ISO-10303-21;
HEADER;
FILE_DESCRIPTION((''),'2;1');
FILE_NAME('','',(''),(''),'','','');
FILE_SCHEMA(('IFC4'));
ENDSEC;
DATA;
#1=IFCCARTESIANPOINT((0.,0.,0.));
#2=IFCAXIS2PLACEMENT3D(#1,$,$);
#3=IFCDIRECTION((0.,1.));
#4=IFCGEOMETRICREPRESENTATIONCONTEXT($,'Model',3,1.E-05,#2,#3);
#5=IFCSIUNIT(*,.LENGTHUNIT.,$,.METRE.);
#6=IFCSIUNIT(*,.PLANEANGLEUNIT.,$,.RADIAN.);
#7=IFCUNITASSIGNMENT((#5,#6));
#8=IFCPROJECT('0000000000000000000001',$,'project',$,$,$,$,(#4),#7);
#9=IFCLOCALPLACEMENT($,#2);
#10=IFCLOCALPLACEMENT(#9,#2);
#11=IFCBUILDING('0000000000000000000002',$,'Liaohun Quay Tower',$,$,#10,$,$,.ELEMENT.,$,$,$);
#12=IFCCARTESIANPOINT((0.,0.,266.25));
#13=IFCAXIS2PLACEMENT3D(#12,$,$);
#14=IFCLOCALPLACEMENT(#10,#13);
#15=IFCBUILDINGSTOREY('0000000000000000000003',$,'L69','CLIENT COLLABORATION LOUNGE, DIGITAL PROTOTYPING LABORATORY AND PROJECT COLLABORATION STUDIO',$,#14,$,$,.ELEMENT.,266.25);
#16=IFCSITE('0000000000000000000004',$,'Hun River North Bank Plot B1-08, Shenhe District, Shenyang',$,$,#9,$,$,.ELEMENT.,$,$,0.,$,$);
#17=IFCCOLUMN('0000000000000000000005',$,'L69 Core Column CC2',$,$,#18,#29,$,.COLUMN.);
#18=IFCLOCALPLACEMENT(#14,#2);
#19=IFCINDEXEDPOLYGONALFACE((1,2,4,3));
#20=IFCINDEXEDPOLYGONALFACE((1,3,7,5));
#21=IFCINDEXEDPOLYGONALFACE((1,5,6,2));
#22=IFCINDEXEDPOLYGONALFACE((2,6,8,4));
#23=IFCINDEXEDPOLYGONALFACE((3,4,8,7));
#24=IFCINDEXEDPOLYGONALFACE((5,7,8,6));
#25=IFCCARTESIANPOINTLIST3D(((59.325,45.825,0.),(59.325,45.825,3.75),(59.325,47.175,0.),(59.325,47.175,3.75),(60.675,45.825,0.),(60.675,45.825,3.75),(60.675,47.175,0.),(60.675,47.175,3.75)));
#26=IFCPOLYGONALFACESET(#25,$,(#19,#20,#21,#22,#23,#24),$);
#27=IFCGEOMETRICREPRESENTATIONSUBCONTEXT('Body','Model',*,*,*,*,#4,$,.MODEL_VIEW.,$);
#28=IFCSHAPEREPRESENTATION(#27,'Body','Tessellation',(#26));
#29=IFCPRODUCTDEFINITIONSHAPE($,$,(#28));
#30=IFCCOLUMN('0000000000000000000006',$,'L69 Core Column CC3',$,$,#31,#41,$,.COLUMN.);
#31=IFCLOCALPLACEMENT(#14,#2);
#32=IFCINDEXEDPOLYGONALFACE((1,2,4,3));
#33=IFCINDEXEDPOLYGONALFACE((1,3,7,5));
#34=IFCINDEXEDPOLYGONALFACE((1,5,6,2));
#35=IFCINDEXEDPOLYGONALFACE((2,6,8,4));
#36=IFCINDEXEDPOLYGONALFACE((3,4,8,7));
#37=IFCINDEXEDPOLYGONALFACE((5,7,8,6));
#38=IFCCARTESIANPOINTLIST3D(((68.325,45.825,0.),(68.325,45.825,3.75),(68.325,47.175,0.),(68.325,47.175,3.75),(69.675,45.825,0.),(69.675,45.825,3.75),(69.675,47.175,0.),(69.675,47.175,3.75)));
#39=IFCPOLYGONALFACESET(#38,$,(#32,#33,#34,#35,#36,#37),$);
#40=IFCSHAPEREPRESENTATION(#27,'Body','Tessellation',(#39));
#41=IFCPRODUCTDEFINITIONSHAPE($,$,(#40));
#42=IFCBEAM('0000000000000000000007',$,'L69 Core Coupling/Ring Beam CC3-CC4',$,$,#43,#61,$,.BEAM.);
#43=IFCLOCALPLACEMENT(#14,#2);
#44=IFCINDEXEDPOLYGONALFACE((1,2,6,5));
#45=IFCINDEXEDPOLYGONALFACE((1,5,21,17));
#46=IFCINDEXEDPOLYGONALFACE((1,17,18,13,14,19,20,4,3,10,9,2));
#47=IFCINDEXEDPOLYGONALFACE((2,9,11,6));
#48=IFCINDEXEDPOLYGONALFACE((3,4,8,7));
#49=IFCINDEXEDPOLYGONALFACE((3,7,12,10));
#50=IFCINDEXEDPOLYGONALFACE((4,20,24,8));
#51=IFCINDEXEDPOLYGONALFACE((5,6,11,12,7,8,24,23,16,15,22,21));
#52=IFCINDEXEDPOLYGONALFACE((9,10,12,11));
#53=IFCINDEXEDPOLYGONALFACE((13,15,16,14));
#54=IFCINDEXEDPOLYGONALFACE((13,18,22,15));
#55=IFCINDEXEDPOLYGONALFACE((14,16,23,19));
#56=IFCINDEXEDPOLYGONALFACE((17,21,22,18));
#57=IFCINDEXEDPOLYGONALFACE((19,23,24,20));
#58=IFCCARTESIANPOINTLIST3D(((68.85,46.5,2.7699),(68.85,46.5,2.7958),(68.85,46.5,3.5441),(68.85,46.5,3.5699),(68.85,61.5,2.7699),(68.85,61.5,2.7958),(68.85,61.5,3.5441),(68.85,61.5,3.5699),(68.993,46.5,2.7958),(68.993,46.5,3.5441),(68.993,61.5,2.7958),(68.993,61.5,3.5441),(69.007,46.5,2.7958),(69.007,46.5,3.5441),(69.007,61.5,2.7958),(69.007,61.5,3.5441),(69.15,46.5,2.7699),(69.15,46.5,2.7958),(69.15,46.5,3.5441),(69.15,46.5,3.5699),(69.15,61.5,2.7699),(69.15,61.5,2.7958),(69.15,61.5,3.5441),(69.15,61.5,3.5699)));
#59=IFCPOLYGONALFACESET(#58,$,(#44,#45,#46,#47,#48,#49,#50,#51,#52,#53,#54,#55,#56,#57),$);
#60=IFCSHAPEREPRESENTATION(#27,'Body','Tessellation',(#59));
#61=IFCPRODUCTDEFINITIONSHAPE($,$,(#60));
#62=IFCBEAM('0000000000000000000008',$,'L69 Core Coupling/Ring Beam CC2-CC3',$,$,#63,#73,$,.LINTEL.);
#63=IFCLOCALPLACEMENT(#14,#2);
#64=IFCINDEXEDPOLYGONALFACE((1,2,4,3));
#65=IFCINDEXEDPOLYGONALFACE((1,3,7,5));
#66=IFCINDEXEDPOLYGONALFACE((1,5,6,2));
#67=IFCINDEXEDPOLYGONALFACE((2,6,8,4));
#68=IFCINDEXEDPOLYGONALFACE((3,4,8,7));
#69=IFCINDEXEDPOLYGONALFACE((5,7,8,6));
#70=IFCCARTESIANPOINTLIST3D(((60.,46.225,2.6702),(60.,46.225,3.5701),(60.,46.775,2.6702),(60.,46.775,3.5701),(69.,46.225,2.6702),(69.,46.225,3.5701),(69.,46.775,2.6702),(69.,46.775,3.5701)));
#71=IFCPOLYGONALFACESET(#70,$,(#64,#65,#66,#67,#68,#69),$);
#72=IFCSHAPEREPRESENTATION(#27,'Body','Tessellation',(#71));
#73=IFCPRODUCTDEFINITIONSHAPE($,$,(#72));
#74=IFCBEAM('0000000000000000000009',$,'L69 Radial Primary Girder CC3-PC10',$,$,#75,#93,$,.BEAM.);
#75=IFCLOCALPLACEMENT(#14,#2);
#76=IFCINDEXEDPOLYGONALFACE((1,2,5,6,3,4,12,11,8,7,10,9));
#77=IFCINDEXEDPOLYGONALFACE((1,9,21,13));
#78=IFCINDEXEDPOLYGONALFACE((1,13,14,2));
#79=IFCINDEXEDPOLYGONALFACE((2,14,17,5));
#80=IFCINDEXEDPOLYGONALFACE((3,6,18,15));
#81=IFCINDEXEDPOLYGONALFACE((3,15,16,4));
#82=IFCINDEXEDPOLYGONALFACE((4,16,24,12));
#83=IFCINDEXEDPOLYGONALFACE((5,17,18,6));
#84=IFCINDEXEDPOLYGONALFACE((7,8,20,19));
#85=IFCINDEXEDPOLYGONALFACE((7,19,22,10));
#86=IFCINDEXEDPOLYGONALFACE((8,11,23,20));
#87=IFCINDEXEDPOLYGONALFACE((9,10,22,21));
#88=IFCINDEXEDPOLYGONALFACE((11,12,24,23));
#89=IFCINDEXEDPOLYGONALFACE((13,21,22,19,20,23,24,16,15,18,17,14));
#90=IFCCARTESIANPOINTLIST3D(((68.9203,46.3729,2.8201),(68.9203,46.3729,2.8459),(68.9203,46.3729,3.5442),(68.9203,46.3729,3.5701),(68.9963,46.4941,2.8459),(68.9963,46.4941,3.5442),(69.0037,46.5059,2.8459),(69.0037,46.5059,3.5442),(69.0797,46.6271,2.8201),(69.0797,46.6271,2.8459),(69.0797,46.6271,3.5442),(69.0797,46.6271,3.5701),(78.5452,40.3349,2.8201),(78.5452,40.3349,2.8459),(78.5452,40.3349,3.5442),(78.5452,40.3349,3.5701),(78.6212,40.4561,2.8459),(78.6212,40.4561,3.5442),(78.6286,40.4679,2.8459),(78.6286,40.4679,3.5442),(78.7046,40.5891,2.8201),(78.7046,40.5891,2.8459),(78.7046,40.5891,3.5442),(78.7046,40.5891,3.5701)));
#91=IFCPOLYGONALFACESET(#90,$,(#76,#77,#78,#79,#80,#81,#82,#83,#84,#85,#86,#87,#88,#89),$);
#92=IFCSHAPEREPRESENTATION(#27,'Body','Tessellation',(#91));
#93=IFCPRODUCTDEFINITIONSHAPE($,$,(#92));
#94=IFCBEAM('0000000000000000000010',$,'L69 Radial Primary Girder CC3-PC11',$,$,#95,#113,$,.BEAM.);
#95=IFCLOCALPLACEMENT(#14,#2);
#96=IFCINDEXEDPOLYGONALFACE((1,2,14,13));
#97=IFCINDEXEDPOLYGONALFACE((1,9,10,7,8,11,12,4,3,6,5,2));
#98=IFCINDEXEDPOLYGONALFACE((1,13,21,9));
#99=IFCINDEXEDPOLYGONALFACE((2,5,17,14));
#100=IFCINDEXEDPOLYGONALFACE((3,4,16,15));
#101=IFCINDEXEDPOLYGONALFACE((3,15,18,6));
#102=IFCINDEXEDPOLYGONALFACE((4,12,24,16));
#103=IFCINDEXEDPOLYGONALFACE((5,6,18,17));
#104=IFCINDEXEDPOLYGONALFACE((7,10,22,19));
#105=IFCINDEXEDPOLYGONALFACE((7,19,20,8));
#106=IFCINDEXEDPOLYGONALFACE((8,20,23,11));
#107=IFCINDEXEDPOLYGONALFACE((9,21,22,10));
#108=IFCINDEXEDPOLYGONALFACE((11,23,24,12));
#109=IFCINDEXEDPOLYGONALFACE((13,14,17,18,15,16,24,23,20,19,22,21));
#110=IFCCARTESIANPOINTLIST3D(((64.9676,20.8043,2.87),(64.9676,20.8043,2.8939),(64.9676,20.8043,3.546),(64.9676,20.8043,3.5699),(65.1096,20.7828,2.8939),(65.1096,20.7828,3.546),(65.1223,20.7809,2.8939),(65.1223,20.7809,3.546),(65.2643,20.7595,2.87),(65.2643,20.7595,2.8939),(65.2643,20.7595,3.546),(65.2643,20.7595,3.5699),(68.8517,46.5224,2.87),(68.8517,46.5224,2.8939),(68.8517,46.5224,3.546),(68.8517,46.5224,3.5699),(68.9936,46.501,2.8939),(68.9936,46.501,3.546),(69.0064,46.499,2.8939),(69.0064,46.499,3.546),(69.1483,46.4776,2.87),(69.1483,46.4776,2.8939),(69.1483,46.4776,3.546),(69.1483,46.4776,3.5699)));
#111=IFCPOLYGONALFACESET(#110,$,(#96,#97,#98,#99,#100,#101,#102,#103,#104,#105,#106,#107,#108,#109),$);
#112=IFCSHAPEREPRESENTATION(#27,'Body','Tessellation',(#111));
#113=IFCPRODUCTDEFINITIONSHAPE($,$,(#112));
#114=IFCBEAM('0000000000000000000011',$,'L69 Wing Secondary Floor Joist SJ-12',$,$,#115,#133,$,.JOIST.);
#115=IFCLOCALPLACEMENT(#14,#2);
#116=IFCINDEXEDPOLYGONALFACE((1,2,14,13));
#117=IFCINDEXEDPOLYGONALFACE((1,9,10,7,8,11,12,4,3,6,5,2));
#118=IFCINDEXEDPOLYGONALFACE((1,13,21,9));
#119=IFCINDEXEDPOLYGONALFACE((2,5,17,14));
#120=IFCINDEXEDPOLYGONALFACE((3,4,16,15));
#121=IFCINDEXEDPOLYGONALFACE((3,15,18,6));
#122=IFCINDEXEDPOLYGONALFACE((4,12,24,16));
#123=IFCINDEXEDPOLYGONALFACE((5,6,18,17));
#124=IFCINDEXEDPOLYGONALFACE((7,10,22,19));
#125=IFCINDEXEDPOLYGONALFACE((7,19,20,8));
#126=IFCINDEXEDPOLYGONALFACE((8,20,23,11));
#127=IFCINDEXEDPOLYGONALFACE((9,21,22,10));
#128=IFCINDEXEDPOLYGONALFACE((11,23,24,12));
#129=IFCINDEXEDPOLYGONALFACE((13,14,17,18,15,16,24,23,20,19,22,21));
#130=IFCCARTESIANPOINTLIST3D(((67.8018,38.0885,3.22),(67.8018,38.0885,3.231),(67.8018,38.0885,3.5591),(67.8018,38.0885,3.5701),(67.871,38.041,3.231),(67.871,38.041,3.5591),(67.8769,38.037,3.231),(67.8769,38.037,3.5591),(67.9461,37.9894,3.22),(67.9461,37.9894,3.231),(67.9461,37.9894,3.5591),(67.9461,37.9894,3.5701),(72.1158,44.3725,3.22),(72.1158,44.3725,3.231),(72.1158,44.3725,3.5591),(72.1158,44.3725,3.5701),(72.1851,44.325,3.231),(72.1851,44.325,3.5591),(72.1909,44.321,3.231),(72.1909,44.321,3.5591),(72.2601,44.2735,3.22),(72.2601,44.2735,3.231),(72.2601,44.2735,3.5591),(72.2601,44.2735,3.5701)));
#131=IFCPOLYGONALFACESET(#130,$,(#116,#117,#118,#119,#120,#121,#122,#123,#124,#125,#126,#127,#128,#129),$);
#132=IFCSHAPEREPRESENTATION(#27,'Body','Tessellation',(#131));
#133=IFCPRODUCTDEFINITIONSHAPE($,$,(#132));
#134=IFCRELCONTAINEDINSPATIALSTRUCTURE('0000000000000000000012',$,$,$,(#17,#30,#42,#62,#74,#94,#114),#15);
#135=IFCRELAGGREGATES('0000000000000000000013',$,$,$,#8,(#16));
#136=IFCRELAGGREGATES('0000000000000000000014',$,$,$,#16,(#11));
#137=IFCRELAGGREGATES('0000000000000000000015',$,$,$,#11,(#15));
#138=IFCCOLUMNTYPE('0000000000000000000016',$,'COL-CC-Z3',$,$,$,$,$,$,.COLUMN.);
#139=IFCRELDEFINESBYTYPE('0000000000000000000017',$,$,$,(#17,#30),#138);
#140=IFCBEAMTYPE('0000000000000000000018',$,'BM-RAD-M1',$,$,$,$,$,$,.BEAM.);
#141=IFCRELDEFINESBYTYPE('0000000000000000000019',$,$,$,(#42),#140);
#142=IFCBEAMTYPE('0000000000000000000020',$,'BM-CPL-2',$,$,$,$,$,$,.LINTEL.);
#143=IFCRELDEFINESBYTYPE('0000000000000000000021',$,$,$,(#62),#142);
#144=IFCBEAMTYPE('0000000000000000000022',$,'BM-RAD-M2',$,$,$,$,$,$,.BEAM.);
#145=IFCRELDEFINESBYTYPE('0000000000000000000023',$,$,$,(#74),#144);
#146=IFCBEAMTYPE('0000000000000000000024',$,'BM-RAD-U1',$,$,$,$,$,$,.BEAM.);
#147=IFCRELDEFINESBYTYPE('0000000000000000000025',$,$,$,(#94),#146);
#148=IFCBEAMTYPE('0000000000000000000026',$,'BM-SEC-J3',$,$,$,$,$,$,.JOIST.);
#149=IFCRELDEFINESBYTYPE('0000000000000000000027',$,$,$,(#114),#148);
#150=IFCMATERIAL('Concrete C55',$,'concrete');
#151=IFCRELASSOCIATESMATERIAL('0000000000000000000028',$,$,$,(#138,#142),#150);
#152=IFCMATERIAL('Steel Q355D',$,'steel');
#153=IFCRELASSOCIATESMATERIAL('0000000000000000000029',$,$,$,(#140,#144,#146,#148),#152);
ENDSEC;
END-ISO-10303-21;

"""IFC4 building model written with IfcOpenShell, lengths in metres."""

from ifc_helpers import new_model, si_unit, direction, frame, origin, origin_2d, place, context, subcontext, project, spatial, rectangle, i_section, extrude, source, transform, mapped, material, material_profile, profile_set, type_object, element, save


model = new_model("IFC4")

# Units and contexts
model_context = context("Model", 3, precision=1e-05, world=origin(), true_north=direction((0.0, 1.0)))
body_context = subcontext(model_context, "Body", "Model", "MODEL_VIEW")
ifc_project = project(units=[si_unit("LENGTHUNIT", "METRE"), si_unit("PLANEANGLEUNIT", "RADIAN")], contexts=[model_context])

# Site, building, storey
site_placement = place(None, origin())
site = spatial("IfcSite", under=ifc_project, at=site_placement, Name="Hun River North Bank Plot B1-08, Shenhe District, Shenyang", CompositionType="ELEMENT", RefElevation=0.0)
building_placement = place(site_placement, origin())
building = spatial("IfcBuilding", under=site, at=building_placement, Name="Liaohun Quay Tower", CompositionType="ELEMENT")
storey_placement = place(building_placement, frame((0.0, 0.0, 266.25)))
storey = spatial("IfcBuildingStorey", under=building, at=storey_placement, Name="L69", Description="CLIENT COLLABORATION LOUNGE, DIGITAL PROTOTYPING LABORATORY AND PROJECT COLLABORATION STUDIO", CompositionType="ELEMENT", Elevation=266.25)

# Columns
ifc_material_1 = material(Name="Concrete C55", Category="concrete")
ifc_material_profile_1 = material_profile(ifc_material_1, rectangle(XDim=1.3501, YDim=1.3501, at=origin_2d()), Name="RC1350x1350")
ifc_profile_set_1 = profile_set([ifc_material_profile_1], Name="Concrete C55")
column_type = type_object("IfcColumnType", Name="COL-CC-Z3", PredefinedType="COLUMN", material=ifc_profile_set_1)
shared_shape_1 = source(origin(), body_context, "Body", "SweptSolid", [
    extrude(rectangle(XDim=1.3501, YDim=1.3501, at=origin_2d()), origin(), (0.0, 0.0, 1.0), 3.75),
])
for number, where, z_axis, x_axis, name in (
    (1, (60.0, 46.5, 0.0), (0.0, 0.0, 1.0), (1.0, 0.0, 0.0), "L69 Core Column CC2"),
    (2, (69.0, 46.5, 0.0), (0.0, 0.0, 1.0), (1.0, 0.0, 0.0), "L69 Core Column CC3"),
):
    element("IfcColumn", number, at=place(storey_placement, frame(where, z_axis=z_axis, x_axis=x_axis)), inside=storey, type_object=column_type, Name=name, PredefinedType="COLUMN", context=body_context, shape_type="MappedRepresentation", body=[
        mapped(shared_shape_1, transform((0.0, 0.0, 0.0), x_axis=(1.0, 0.0, 0.0), y_axis=(0.0, 1.0, 0.0), z_axis=(0.0, 0.0, 1.0), scale=1.0)),
    ])

# Beams
ifc_material_2 = material(Name="Steel Q355D", Category="steel")
ifc_material_profile_2 = material_profile(ifc_material_2, i_section(OverallWidth=0.3, OverallDepth=0.8, WebThickness=0.0139, FlangeThickness=0.0259, at=origin_2d()), Name="HN800x300x14x26")
ifc_profile_set_2 = profile_set([ifc_material_profile_2], Name="Steel Q355D")
beam_type_1 = type_object("IfcBeamType", Name="BM-RAD-M1", PredefinedType="BEAM", material=ifc_profile_set_2)
shared_shape_2 = source(origin(), body_context, "Body", "SweptSolid", [
    extrude(i_section(OverallWidth=0.3, OverallDepth=0.8, WebThickness=0.0139, FlangeThickness=0.0259, at=origin_2d()), origin(), (0.0, 0.0, 1.0), 15.0),
])
beam_1_placement = place(storey_placement, frame((69.0, 46.5, 3.1699), z_axis=(0.0, 1.0, 0.0), x_axis=(-1.0, 0.0, 0.0)))
element("IfcBeam", 3, at=beam_1_placement, inside=storey, type_object=beam_type_1, Name="L69 Core Coupling/Ring Beam CC3-CC4", PredefinedType="BEAM", context=body_context, shape_type="MappedRepresentation", body=[
    mapped(shared_shape_2, transform((0.0, 0.0, 0.0), x_axis=(1.0, 0.0, 0.0), y_axis=(0.0, 1.0, 0.0), z_axis=(0.0, 0.0, 1.0), scale=1.0)),
])
ifc_material_profile_3 = material_profile(ifc_material_1, rectangle(XDim=0.55, YDim=0.8999, at=origin_2d()), Name="RC550x900")
ifc_profile_set_3 = profile_set([ifc_material_profile_3], Name="Concrete C55")
beam_type_2 = type_object("IfcBeamType", Name="BM-CPL-2", PredefinedType="LINTEL", material=ifc_profile_set_3)
shared_shape_3 = source(origin(), body_context, "Body", "SweptSolid", [
    extrude(rectangle(XDim=0.55, YDim=0.8999, at=origin_2d()), origin(), (0.0, 0.0, 1.0), 9.0),
])
beam_2_placement = place(storey_placement, frame((60.0, 46.5, 3.1201), z_axis=(1.0, 0.0, 0.0), x_axis=(0.0, 1.0, 0.0)))
element("IfcBeam", 4, at=beam_2_placement, inside=storey, type_object=beam_type_2, Name="L69 Core Coupling/Ring Beam CC2-CC3", PredefinedType="LINTEL", context=body_context, shape_type="MappedRepresentation", body=[
    mapped(shared_shape_3, transform((0.0, 0.0, 0.0), x_axis=(1.0, 0.0, 0.0), y_axis=(0.0, 1.0, 0.0), z_axis=(0.0, 0.0, 1.0), scale=1.0)),
])
ifc_material_profile_4 = material_profile(ifc_material_2, i_section(OverallWidth=0.3, OverallDepth=0.75, WebThickness=0.0139, FlangeThickness=0.0259, at=origin_2d()), Name="HN750x300x14x26")
ifc_profile_set_4 = profile_set([ifc_material_profile_4], Name="Steel Q355D")
beam_type_3 = type_object("IfcBeamType", Name="BM-RAD-M2", PredefinedType="BEAM", material=ifc_profile_set_4)
shared_shape_4 = source(origin(), body_context, "Body", "SweptSolid", [
    extrude(i_section(OverallWidth=0.3, OverallDepth=0.75, WebThickness=0.0139, FlangeThickness=0.0259, at=origin_2d()), origin(), (0.0, 0.0, 1.0), 11.3621),
])
beam_3_placement = place(storey_placement, frame((69.0, 46.5, 3.1951), z_axis=(0.847109, -0.53142, 0.0), x_axis=(0.53142, 0.847109, 0.0)))
element("IfcBeam", 5, at=beam_3_placement, inside=storey, type_object=beam_type_3, Name="L69 Radial Primary Girder CC3-PC10", PredefinedType="BEAM", context=body_context, shape_type="MappedRepresentation", body=[
    mapped(shared_shape_4, transform((0.0, 0.0, 0.0), x_axis=(1.0, 0.0, 0.0), y_axis=(0.0, 1.0, 0.0), z_axis=(0.0, 0.0, 1.0), scale=1.0)),
])
ifc_material_profile_5 = material_profile(ifc_material_2, i_section(OverallWidth=0.3, OverallDepth=0.7, WebThickness=0.0129, FlangeThickness=0.0239, at=origin_2d()), Name="HN700x300x13x24")
ifc_profile_set_5 = profile_set([ifc_material_profile_5], Name="Steel Q355D")
beam_type_4 = type_object("IfcBeamType", Name="BM-RAD-U1", PredefinedType="BEAM", material=ifc_profile_set_5)
shared_shape_5 = source(origin(), body_context, "Body", "SweptSolid", [
    extrude(i_section(OverallWidth=0.3, OverallDepth=0.7, WebThickness=0.0129, FlangeThickness=0.0239, at=origin_2d()), origin(), (0.0, 0.0, 1.0), 26.0098),
])
beam_4_placement = place(storey_placement, frame((69.0, 46.5, 3.22), z_axis=(-0.14933, -0.988787, 0.0), x_axis=(0.988787, -0.14933, 0.0)))
element("IfcBeam", 6, at=beam_4_placement, inside=storey, type_object=beam_type_4, Name="L69 Radial Primary Girder CC3-PC11", PredefinedType="BEAM", context=body_context, shape_type="MappedRepresentation", body=[
    mapped(shared_shape_5, transform((0.0, 0.0, 0.0), x_axis=(1.0, 0.0, 0.0), y_axis=(0.0, 1.0, 0.0), z_axis=(0.0, 0.0, 1.0), scale=1.0)),
])
ifc_material_profile_6 = material_profile(ifc_material_2, i_section(OverallWidth=0.175, OverallDepth=0.3501, WebThickness=0.0071, FlangeThickness=0.011, at=origin_2d()), Name="HN350x175x7x11")
ifc_profile_set_6 = profile_set([ifc_material_profile_6], Name="Steel Q355D")
beam_type_5 = type_object("IfcBeamType", Name="BM-SEC-J3", PredefinedType="JOIST", material=ifc_profile_set_6)
shared_shape_6 = source(origin(), body_context, "Body", "SweptSolid", [
    extrude(i_section(OverallWidth=0.175, OverallDepth=0.3501, WebThickness=0.0071, FlangeThickness=0.011, at=origin_2d()), origin(), (0.0, 0.0, 1.0), 7.6223),
])
beam_5_placement = place(storey_placement, frame((72.188, 44.323, 3.395), z_axis=(-0.565973, -0.824424, 0.0), x_axis=(0.824424, -0.565973, 0.0)))
element("IfcBeam", 7, at=beam_5_placement, inside=storey, type_object=beam_type_5, Name="L69 Wing Secondary Floor Joist SJ-12", PredefinedType="JOIST", context=body_context, shape_type="MappedRepresentation", body=[
    mapped(shared_shape_6, transform((0.0, 0.0, 0.0), x_axis=(1.0, 0.0, 0.0), y_axis=(0.0, 1.0, 0.0), z_axis=(0.0, 0.0, 1.0), scale=1.0)),
])

save(model, "model.ifc")
